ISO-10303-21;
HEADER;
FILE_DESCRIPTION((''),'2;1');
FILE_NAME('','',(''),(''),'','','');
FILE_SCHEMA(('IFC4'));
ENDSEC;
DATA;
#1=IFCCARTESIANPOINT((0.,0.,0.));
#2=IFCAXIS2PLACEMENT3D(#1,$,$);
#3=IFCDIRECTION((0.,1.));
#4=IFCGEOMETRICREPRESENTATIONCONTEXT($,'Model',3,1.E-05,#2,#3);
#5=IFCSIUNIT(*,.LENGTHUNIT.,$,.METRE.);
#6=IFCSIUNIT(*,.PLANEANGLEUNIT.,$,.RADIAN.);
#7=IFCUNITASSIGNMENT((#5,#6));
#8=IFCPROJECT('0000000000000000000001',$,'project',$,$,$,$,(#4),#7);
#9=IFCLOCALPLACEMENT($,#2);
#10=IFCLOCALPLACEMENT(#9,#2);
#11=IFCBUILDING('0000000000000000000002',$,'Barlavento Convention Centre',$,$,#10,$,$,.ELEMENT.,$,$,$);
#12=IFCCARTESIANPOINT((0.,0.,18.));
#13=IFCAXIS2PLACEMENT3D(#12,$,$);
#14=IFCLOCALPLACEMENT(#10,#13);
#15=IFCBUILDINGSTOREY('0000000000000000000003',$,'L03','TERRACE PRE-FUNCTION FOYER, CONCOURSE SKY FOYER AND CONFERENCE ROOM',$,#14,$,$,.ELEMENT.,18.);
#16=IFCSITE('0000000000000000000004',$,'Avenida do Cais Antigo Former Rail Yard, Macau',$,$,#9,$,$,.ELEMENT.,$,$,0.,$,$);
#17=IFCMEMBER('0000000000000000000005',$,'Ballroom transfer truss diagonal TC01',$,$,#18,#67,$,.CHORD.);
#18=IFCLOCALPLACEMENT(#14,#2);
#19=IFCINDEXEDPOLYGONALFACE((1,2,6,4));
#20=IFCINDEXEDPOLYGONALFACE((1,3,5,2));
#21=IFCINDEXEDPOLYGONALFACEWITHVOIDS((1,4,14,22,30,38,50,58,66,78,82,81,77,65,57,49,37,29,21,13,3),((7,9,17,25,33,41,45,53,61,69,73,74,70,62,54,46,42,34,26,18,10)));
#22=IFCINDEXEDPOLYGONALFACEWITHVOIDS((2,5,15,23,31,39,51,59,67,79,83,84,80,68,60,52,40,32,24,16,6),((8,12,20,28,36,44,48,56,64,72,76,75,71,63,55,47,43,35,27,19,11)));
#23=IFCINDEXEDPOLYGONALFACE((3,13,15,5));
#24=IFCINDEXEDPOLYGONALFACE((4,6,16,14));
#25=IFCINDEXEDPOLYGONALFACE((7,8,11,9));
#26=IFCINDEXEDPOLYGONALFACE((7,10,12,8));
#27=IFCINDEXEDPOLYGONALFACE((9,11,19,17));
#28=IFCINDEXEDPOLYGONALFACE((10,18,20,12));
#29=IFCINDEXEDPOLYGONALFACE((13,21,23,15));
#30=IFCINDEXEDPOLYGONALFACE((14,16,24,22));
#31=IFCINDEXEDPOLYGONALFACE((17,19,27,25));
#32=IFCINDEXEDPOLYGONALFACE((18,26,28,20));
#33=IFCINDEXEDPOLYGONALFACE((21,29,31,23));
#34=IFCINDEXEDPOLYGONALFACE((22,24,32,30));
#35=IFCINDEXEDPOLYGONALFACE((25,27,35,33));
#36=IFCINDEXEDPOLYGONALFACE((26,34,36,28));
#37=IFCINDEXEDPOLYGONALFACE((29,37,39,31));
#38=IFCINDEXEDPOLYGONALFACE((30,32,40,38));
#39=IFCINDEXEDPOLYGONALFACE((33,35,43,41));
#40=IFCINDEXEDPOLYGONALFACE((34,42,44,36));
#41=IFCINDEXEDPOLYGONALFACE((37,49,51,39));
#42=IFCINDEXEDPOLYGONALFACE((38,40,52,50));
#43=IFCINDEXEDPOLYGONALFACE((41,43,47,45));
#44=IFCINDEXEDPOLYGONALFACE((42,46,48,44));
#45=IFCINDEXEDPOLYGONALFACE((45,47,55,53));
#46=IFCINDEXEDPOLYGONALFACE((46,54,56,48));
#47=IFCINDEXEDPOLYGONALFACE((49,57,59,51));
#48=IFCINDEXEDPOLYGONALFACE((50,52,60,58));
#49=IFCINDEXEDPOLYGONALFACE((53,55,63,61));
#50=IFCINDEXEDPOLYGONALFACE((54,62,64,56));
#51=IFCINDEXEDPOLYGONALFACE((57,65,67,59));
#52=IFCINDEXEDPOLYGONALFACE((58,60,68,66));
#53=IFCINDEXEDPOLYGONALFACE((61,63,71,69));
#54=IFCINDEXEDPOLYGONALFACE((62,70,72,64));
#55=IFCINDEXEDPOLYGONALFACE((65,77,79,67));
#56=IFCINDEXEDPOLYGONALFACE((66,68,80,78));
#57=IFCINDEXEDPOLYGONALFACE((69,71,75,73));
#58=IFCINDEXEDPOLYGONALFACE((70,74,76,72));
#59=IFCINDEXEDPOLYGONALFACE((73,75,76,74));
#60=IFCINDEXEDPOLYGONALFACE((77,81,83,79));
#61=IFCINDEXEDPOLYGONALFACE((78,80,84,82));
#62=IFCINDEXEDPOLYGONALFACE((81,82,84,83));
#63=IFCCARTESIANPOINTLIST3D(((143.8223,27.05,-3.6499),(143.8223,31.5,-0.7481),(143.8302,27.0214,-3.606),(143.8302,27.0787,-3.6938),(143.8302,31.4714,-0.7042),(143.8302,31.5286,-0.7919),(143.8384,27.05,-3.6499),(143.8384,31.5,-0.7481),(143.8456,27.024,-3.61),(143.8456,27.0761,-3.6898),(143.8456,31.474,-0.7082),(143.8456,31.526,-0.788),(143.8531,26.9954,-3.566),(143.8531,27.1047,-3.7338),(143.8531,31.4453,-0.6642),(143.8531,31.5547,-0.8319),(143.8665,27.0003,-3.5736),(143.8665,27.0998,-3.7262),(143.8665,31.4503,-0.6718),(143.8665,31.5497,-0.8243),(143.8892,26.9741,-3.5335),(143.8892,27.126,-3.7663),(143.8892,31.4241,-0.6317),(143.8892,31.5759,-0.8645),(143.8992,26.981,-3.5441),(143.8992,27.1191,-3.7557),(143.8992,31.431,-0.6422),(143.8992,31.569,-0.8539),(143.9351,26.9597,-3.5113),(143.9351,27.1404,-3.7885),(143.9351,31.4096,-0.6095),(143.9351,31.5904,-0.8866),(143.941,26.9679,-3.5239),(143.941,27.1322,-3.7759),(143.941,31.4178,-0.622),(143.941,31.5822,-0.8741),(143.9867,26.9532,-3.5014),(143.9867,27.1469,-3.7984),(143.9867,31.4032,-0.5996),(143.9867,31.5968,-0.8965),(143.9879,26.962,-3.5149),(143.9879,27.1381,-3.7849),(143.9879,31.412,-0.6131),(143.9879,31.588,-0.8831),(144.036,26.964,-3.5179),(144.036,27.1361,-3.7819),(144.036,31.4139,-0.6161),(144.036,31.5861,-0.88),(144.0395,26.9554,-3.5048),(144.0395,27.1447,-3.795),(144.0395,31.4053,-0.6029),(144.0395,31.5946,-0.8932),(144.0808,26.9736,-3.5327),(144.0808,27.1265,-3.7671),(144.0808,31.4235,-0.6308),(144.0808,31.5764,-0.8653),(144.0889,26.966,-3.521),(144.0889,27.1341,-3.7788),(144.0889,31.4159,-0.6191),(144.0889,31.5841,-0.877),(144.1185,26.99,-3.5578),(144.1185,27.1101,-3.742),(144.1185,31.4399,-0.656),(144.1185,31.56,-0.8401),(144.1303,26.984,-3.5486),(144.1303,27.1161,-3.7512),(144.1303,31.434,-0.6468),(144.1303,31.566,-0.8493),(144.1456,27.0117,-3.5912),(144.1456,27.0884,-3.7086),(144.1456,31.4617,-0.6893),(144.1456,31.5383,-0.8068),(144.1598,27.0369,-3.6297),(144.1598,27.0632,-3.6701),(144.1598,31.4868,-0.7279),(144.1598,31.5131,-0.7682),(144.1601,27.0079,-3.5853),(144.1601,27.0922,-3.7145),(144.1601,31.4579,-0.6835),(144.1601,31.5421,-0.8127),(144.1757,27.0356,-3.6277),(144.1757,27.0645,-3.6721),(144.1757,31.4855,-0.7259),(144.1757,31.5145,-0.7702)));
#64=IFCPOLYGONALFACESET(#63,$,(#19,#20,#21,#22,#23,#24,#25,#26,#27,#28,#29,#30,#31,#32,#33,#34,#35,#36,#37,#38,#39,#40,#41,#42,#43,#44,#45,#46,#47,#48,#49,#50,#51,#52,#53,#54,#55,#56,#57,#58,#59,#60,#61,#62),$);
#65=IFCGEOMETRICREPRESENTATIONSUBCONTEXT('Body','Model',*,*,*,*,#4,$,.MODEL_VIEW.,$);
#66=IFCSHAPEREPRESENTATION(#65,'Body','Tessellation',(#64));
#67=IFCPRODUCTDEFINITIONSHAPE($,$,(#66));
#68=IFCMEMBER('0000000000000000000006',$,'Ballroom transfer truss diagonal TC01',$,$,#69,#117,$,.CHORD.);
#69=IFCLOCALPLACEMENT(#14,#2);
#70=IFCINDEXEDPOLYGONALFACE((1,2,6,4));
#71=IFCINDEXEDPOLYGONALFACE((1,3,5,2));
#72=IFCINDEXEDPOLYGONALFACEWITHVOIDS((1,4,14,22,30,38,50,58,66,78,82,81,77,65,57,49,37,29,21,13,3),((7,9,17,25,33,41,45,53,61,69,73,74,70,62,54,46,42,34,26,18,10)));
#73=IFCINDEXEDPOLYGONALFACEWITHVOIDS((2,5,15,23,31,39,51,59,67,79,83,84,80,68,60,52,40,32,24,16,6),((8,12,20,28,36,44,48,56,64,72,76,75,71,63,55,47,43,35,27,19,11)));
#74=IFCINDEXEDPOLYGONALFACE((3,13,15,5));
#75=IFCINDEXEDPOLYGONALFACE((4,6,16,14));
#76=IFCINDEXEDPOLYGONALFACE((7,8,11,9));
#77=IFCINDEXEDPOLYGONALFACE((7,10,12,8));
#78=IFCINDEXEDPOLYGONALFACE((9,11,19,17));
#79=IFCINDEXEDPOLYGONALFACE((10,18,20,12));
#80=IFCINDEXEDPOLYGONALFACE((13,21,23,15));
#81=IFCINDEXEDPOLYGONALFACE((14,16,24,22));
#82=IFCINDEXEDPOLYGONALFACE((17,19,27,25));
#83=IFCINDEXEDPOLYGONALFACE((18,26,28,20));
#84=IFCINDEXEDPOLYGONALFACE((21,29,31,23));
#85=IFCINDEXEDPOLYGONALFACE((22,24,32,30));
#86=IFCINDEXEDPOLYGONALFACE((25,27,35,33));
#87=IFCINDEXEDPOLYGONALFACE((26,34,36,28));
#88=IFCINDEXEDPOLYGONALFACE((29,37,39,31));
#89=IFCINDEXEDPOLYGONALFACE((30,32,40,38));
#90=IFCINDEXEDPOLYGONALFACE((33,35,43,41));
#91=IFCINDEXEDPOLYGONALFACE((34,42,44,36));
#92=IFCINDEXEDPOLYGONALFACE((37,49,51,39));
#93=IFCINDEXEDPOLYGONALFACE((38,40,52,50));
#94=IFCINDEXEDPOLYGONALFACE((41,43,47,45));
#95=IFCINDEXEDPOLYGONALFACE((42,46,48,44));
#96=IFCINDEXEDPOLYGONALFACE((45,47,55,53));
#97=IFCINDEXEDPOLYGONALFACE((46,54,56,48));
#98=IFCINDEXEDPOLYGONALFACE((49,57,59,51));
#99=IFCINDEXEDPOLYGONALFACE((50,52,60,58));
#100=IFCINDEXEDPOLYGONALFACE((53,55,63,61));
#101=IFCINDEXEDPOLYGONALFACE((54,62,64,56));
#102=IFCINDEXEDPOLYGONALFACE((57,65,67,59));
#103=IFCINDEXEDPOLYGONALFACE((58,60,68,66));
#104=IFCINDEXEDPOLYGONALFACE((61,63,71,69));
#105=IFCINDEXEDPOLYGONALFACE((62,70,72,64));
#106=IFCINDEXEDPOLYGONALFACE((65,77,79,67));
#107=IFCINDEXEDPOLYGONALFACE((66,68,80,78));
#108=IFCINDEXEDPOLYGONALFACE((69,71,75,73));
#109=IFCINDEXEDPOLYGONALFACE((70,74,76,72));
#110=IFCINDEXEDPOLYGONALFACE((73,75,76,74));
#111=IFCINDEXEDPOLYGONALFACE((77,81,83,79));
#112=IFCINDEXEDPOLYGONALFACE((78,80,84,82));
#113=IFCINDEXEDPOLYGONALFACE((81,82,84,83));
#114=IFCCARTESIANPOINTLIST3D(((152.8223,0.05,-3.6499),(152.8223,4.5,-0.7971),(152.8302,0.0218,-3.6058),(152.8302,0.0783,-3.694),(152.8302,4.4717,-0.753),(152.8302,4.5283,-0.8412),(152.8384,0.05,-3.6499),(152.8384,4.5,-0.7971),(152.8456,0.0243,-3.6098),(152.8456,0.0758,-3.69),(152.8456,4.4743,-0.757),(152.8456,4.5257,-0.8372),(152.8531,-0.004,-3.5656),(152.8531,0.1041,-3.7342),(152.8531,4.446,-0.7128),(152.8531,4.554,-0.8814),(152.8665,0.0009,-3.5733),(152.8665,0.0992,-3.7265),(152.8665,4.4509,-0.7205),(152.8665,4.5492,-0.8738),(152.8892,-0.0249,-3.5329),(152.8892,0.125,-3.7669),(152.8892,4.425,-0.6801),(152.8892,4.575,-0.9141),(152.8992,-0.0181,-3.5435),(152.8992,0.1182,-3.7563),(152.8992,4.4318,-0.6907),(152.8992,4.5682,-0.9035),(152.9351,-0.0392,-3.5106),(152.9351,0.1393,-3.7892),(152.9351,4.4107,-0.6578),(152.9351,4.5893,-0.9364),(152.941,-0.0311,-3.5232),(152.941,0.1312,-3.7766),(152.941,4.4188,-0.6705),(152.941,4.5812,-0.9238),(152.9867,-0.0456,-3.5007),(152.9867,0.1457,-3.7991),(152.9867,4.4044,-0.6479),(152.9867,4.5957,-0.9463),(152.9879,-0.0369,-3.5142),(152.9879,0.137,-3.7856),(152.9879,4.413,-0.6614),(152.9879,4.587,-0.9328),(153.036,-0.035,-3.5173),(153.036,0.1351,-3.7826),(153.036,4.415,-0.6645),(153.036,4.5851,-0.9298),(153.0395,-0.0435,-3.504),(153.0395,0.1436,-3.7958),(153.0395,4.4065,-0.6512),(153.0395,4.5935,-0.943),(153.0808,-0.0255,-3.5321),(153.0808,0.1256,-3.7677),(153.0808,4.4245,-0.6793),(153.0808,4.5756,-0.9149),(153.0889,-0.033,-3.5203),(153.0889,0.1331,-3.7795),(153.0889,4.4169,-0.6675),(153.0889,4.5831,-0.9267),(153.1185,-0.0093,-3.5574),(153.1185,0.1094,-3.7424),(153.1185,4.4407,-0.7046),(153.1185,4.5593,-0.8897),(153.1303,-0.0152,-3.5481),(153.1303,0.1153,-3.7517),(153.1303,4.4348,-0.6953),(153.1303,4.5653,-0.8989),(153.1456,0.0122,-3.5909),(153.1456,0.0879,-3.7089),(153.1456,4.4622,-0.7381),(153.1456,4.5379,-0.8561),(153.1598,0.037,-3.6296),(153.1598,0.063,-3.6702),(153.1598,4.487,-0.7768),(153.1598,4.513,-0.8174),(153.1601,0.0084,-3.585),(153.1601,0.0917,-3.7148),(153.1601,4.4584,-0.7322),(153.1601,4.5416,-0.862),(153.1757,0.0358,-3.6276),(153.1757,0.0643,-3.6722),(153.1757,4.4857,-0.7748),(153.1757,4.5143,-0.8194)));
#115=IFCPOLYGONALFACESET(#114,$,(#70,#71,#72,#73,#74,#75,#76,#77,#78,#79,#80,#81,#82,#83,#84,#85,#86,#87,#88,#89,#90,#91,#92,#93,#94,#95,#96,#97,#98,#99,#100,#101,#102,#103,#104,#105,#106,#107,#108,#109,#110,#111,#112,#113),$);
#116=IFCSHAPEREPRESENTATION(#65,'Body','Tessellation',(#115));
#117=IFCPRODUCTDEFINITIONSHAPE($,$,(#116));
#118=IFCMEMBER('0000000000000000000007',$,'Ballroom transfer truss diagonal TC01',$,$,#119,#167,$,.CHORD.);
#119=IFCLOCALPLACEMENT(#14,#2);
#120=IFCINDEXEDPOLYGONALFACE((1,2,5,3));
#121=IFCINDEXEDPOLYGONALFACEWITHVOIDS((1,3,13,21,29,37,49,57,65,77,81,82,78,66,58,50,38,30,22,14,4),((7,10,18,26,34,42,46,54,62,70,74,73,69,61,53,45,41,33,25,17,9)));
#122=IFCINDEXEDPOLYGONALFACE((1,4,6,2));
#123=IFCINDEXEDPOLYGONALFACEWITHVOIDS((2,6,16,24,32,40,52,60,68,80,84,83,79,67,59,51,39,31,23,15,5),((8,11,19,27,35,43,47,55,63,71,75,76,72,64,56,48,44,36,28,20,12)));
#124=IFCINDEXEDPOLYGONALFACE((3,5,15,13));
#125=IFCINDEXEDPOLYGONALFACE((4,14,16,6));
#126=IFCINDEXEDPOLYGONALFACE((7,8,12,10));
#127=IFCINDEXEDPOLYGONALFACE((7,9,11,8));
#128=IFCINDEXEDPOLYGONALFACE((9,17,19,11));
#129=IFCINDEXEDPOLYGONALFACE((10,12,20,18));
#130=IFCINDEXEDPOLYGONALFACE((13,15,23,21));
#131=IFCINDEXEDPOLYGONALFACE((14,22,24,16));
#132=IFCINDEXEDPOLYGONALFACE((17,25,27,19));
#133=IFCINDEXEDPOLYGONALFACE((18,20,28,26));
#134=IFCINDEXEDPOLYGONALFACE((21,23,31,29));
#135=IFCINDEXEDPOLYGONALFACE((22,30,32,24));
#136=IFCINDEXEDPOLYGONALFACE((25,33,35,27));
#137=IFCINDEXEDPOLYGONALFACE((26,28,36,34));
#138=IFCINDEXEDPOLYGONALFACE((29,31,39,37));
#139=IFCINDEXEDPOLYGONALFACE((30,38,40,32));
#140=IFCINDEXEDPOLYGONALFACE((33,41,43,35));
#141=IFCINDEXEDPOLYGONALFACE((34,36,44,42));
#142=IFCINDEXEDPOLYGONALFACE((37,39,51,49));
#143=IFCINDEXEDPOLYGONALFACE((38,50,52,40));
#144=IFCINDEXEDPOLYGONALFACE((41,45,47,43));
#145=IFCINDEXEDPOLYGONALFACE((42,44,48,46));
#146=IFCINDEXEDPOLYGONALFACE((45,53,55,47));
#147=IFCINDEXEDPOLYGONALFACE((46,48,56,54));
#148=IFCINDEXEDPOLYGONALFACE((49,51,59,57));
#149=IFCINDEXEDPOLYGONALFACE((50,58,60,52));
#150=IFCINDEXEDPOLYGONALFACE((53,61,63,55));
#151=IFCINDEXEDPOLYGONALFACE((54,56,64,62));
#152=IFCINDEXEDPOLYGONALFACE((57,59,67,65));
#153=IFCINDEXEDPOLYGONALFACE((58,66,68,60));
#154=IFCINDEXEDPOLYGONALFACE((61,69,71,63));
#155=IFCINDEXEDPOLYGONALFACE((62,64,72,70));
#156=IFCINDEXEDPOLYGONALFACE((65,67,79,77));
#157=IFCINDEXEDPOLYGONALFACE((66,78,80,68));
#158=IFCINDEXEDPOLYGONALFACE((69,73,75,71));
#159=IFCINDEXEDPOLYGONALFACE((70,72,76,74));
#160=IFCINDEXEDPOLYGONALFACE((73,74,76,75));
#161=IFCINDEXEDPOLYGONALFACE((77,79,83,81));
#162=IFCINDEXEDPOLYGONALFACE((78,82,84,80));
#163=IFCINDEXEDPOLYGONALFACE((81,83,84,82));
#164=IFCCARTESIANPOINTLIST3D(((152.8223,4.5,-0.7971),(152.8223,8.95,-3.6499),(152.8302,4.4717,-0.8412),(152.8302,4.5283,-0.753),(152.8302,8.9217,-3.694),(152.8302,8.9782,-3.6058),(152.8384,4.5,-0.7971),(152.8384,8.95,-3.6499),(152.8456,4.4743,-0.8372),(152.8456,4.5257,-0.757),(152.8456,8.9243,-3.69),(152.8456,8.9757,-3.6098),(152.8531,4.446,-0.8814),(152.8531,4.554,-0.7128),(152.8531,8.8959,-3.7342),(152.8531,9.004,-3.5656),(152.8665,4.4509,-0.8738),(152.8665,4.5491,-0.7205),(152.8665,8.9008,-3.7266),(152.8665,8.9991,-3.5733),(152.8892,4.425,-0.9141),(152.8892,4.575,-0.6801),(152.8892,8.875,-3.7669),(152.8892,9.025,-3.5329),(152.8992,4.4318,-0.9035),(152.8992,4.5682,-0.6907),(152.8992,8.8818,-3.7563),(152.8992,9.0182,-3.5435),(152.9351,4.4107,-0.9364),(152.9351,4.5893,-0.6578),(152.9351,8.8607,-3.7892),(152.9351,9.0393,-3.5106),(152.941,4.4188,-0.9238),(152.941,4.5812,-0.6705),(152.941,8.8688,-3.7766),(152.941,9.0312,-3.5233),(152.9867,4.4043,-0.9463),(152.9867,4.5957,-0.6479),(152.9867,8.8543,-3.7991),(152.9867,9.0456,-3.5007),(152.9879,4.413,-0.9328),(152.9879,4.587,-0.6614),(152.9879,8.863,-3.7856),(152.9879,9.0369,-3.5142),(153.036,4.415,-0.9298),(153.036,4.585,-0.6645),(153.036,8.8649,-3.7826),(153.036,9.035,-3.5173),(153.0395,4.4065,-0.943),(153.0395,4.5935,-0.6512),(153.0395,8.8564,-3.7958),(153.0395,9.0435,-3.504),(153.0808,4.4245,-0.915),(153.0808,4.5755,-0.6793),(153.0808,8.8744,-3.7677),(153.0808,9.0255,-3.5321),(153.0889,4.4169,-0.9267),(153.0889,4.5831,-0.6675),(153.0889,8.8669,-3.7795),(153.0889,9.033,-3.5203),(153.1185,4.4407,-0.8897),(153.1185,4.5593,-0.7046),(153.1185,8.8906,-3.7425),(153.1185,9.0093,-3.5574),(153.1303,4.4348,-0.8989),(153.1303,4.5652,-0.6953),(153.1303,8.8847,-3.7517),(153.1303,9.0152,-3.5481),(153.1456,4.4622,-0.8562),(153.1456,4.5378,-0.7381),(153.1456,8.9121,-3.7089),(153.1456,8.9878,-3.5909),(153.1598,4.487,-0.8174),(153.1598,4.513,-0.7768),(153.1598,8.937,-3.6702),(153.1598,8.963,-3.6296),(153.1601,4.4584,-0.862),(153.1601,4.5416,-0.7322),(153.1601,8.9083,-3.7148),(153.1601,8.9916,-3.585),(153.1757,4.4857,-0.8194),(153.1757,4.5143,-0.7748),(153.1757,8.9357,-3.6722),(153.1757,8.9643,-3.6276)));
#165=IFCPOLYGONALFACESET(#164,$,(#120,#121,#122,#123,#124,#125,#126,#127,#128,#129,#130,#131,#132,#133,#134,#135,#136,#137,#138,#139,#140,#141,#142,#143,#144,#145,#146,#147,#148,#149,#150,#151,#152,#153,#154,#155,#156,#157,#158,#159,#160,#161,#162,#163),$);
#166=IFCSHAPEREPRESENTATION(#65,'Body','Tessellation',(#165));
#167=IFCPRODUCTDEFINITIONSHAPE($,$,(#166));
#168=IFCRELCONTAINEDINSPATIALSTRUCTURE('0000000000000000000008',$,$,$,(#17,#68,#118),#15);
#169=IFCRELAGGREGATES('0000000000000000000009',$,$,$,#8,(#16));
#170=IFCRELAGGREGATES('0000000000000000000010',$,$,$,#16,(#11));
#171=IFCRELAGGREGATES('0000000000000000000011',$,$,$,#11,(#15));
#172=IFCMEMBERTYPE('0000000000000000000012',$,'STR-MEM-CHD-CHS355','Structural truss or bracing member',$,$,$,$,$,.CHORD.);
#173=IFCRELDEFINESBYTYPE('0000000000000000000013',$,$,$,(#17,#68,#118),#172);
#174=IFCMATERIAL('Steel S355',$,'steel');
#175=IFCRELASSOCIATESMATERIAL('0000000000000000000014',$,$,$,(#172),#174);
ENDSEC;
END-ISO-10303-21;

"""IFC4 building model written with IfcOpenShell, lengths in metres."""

from ifc_helpers import new_model, si_unit, direction, frame, origin, origin_2d, place, context, subcontext, project, spatial, hollow_circle, extrude, material, material_profile, profile_set, type_object, element, save


model = new_model("IFC4")

# Units and contexts
model_context = context("Model", 3, precision=1e-05, world=origin(), true_north=direction((0.0, 1.0)))
body_context = subcontext(model_context, "Body", "Model", "MODEL_VIEW")
ifc_project = project(units=[si_unit("LENGTHUNIT", "METRE"), si_unit("PLANEANGLEUNIT", "RADIAN")], contexts=[model_context])

# Site, building, storey
site_placement = place(None, origin())
site = spatial("IfcSite", under=ifc_project, at=site_placement, Name="Avenida do Cais Antigo Former Rail Yard, Macau", CompositionType="ELEMENT", RefElevation=0.0)
building_placement = place(site_placement, origin())
building = spatial("IfcBuilding", under=site, at=building_placement, Name="Barlavento Convention Centre", CompositionType="ELEMENT")
storey_placement = place(building_placement, frame((0.0, 0.0, 18.0)))
storey = spatial("IfcBuildingStorey", under=building, at=storey_placement, Name="L03", Description="TERRACE PRE-FUNCTION FOYER, CONCOURSE SKY FOYER AND CONFERENCE ROOM", CompositionType="ELEMENT", Elevation=18.0)

# Shared definitions
ifc_material_1 = material(Name="Steel S355", Category="steel")

# Members
ifc_material_profile_1 = material_profile(ifc_material_1, hollow_circle(Radius=0.1777, WallThickness=0.0161, at=origin_2d()), Name="CHS 355.6x16.0")
ifc_profile_set_1 = profile_set([ifc_material_profile_1], Name="Steel S355")
member_type_1 = type_object("IfcMemberType", Name="STR-MEM-CHD-CHS355", Description="Structural truss or bracing member", PredefinedType="CHORD", material=ifc_profile_set_1)
for number, where, z_axis, x_axis, name in (
    (1, (144.0, 27.05, -3.6499), (0.0, 0.837635, 0.54623), (-1.0, 0.0, 0.0), "Ballroom transfer truss diagonal TC01"),
):
    element("IfcMember", number, at=place(storey_placement, frame(where, z_axis=z_axis, x_axis=x_axis)), inside=storey, type_object=member_type_1, Name=name, PredefinedType="CHORD", context=body_context, shape_type="SweptSolid", body=[
        extrude(hollow_circle(Radius=0.1777, WallThickness=0.0161, at=origin_2d()), origin(), (0.0, 0.0, 1.0), 5.3125),
    ])
for number, where, z_axis, x_axis, name in (
    (2, (153.0, 0.05, -3.6499), (0.0, 0.841858, 0.5397), (-1.0, 0.0, 0.0), "Ballroom transfer truss diagonal TC01"),
    (3, (153.0, 4.5, -0.7971), (0.0, 0.841858, -0.5397), (-1.0, 0.0, 0.0), "Ballroom transfer truss diagonal TC01"),
):
    element("IfcMember", number, at=place(storey_placement, frame(where, z_axis=z_axis, x_axis=x_axis)), inside=storey, type_object=member_type_1, Name=name, PredefinedType="CHORD", context=body_context, shape_type="SweptSolid", body=[
        extrude(hollow_circle(Radius=0.1777, WallThickness=0.0161, at=origin_2d()), origin(), (0.0, 0.0, 1.0), 5.2859),
    ])

save(model, "model.ifc")
